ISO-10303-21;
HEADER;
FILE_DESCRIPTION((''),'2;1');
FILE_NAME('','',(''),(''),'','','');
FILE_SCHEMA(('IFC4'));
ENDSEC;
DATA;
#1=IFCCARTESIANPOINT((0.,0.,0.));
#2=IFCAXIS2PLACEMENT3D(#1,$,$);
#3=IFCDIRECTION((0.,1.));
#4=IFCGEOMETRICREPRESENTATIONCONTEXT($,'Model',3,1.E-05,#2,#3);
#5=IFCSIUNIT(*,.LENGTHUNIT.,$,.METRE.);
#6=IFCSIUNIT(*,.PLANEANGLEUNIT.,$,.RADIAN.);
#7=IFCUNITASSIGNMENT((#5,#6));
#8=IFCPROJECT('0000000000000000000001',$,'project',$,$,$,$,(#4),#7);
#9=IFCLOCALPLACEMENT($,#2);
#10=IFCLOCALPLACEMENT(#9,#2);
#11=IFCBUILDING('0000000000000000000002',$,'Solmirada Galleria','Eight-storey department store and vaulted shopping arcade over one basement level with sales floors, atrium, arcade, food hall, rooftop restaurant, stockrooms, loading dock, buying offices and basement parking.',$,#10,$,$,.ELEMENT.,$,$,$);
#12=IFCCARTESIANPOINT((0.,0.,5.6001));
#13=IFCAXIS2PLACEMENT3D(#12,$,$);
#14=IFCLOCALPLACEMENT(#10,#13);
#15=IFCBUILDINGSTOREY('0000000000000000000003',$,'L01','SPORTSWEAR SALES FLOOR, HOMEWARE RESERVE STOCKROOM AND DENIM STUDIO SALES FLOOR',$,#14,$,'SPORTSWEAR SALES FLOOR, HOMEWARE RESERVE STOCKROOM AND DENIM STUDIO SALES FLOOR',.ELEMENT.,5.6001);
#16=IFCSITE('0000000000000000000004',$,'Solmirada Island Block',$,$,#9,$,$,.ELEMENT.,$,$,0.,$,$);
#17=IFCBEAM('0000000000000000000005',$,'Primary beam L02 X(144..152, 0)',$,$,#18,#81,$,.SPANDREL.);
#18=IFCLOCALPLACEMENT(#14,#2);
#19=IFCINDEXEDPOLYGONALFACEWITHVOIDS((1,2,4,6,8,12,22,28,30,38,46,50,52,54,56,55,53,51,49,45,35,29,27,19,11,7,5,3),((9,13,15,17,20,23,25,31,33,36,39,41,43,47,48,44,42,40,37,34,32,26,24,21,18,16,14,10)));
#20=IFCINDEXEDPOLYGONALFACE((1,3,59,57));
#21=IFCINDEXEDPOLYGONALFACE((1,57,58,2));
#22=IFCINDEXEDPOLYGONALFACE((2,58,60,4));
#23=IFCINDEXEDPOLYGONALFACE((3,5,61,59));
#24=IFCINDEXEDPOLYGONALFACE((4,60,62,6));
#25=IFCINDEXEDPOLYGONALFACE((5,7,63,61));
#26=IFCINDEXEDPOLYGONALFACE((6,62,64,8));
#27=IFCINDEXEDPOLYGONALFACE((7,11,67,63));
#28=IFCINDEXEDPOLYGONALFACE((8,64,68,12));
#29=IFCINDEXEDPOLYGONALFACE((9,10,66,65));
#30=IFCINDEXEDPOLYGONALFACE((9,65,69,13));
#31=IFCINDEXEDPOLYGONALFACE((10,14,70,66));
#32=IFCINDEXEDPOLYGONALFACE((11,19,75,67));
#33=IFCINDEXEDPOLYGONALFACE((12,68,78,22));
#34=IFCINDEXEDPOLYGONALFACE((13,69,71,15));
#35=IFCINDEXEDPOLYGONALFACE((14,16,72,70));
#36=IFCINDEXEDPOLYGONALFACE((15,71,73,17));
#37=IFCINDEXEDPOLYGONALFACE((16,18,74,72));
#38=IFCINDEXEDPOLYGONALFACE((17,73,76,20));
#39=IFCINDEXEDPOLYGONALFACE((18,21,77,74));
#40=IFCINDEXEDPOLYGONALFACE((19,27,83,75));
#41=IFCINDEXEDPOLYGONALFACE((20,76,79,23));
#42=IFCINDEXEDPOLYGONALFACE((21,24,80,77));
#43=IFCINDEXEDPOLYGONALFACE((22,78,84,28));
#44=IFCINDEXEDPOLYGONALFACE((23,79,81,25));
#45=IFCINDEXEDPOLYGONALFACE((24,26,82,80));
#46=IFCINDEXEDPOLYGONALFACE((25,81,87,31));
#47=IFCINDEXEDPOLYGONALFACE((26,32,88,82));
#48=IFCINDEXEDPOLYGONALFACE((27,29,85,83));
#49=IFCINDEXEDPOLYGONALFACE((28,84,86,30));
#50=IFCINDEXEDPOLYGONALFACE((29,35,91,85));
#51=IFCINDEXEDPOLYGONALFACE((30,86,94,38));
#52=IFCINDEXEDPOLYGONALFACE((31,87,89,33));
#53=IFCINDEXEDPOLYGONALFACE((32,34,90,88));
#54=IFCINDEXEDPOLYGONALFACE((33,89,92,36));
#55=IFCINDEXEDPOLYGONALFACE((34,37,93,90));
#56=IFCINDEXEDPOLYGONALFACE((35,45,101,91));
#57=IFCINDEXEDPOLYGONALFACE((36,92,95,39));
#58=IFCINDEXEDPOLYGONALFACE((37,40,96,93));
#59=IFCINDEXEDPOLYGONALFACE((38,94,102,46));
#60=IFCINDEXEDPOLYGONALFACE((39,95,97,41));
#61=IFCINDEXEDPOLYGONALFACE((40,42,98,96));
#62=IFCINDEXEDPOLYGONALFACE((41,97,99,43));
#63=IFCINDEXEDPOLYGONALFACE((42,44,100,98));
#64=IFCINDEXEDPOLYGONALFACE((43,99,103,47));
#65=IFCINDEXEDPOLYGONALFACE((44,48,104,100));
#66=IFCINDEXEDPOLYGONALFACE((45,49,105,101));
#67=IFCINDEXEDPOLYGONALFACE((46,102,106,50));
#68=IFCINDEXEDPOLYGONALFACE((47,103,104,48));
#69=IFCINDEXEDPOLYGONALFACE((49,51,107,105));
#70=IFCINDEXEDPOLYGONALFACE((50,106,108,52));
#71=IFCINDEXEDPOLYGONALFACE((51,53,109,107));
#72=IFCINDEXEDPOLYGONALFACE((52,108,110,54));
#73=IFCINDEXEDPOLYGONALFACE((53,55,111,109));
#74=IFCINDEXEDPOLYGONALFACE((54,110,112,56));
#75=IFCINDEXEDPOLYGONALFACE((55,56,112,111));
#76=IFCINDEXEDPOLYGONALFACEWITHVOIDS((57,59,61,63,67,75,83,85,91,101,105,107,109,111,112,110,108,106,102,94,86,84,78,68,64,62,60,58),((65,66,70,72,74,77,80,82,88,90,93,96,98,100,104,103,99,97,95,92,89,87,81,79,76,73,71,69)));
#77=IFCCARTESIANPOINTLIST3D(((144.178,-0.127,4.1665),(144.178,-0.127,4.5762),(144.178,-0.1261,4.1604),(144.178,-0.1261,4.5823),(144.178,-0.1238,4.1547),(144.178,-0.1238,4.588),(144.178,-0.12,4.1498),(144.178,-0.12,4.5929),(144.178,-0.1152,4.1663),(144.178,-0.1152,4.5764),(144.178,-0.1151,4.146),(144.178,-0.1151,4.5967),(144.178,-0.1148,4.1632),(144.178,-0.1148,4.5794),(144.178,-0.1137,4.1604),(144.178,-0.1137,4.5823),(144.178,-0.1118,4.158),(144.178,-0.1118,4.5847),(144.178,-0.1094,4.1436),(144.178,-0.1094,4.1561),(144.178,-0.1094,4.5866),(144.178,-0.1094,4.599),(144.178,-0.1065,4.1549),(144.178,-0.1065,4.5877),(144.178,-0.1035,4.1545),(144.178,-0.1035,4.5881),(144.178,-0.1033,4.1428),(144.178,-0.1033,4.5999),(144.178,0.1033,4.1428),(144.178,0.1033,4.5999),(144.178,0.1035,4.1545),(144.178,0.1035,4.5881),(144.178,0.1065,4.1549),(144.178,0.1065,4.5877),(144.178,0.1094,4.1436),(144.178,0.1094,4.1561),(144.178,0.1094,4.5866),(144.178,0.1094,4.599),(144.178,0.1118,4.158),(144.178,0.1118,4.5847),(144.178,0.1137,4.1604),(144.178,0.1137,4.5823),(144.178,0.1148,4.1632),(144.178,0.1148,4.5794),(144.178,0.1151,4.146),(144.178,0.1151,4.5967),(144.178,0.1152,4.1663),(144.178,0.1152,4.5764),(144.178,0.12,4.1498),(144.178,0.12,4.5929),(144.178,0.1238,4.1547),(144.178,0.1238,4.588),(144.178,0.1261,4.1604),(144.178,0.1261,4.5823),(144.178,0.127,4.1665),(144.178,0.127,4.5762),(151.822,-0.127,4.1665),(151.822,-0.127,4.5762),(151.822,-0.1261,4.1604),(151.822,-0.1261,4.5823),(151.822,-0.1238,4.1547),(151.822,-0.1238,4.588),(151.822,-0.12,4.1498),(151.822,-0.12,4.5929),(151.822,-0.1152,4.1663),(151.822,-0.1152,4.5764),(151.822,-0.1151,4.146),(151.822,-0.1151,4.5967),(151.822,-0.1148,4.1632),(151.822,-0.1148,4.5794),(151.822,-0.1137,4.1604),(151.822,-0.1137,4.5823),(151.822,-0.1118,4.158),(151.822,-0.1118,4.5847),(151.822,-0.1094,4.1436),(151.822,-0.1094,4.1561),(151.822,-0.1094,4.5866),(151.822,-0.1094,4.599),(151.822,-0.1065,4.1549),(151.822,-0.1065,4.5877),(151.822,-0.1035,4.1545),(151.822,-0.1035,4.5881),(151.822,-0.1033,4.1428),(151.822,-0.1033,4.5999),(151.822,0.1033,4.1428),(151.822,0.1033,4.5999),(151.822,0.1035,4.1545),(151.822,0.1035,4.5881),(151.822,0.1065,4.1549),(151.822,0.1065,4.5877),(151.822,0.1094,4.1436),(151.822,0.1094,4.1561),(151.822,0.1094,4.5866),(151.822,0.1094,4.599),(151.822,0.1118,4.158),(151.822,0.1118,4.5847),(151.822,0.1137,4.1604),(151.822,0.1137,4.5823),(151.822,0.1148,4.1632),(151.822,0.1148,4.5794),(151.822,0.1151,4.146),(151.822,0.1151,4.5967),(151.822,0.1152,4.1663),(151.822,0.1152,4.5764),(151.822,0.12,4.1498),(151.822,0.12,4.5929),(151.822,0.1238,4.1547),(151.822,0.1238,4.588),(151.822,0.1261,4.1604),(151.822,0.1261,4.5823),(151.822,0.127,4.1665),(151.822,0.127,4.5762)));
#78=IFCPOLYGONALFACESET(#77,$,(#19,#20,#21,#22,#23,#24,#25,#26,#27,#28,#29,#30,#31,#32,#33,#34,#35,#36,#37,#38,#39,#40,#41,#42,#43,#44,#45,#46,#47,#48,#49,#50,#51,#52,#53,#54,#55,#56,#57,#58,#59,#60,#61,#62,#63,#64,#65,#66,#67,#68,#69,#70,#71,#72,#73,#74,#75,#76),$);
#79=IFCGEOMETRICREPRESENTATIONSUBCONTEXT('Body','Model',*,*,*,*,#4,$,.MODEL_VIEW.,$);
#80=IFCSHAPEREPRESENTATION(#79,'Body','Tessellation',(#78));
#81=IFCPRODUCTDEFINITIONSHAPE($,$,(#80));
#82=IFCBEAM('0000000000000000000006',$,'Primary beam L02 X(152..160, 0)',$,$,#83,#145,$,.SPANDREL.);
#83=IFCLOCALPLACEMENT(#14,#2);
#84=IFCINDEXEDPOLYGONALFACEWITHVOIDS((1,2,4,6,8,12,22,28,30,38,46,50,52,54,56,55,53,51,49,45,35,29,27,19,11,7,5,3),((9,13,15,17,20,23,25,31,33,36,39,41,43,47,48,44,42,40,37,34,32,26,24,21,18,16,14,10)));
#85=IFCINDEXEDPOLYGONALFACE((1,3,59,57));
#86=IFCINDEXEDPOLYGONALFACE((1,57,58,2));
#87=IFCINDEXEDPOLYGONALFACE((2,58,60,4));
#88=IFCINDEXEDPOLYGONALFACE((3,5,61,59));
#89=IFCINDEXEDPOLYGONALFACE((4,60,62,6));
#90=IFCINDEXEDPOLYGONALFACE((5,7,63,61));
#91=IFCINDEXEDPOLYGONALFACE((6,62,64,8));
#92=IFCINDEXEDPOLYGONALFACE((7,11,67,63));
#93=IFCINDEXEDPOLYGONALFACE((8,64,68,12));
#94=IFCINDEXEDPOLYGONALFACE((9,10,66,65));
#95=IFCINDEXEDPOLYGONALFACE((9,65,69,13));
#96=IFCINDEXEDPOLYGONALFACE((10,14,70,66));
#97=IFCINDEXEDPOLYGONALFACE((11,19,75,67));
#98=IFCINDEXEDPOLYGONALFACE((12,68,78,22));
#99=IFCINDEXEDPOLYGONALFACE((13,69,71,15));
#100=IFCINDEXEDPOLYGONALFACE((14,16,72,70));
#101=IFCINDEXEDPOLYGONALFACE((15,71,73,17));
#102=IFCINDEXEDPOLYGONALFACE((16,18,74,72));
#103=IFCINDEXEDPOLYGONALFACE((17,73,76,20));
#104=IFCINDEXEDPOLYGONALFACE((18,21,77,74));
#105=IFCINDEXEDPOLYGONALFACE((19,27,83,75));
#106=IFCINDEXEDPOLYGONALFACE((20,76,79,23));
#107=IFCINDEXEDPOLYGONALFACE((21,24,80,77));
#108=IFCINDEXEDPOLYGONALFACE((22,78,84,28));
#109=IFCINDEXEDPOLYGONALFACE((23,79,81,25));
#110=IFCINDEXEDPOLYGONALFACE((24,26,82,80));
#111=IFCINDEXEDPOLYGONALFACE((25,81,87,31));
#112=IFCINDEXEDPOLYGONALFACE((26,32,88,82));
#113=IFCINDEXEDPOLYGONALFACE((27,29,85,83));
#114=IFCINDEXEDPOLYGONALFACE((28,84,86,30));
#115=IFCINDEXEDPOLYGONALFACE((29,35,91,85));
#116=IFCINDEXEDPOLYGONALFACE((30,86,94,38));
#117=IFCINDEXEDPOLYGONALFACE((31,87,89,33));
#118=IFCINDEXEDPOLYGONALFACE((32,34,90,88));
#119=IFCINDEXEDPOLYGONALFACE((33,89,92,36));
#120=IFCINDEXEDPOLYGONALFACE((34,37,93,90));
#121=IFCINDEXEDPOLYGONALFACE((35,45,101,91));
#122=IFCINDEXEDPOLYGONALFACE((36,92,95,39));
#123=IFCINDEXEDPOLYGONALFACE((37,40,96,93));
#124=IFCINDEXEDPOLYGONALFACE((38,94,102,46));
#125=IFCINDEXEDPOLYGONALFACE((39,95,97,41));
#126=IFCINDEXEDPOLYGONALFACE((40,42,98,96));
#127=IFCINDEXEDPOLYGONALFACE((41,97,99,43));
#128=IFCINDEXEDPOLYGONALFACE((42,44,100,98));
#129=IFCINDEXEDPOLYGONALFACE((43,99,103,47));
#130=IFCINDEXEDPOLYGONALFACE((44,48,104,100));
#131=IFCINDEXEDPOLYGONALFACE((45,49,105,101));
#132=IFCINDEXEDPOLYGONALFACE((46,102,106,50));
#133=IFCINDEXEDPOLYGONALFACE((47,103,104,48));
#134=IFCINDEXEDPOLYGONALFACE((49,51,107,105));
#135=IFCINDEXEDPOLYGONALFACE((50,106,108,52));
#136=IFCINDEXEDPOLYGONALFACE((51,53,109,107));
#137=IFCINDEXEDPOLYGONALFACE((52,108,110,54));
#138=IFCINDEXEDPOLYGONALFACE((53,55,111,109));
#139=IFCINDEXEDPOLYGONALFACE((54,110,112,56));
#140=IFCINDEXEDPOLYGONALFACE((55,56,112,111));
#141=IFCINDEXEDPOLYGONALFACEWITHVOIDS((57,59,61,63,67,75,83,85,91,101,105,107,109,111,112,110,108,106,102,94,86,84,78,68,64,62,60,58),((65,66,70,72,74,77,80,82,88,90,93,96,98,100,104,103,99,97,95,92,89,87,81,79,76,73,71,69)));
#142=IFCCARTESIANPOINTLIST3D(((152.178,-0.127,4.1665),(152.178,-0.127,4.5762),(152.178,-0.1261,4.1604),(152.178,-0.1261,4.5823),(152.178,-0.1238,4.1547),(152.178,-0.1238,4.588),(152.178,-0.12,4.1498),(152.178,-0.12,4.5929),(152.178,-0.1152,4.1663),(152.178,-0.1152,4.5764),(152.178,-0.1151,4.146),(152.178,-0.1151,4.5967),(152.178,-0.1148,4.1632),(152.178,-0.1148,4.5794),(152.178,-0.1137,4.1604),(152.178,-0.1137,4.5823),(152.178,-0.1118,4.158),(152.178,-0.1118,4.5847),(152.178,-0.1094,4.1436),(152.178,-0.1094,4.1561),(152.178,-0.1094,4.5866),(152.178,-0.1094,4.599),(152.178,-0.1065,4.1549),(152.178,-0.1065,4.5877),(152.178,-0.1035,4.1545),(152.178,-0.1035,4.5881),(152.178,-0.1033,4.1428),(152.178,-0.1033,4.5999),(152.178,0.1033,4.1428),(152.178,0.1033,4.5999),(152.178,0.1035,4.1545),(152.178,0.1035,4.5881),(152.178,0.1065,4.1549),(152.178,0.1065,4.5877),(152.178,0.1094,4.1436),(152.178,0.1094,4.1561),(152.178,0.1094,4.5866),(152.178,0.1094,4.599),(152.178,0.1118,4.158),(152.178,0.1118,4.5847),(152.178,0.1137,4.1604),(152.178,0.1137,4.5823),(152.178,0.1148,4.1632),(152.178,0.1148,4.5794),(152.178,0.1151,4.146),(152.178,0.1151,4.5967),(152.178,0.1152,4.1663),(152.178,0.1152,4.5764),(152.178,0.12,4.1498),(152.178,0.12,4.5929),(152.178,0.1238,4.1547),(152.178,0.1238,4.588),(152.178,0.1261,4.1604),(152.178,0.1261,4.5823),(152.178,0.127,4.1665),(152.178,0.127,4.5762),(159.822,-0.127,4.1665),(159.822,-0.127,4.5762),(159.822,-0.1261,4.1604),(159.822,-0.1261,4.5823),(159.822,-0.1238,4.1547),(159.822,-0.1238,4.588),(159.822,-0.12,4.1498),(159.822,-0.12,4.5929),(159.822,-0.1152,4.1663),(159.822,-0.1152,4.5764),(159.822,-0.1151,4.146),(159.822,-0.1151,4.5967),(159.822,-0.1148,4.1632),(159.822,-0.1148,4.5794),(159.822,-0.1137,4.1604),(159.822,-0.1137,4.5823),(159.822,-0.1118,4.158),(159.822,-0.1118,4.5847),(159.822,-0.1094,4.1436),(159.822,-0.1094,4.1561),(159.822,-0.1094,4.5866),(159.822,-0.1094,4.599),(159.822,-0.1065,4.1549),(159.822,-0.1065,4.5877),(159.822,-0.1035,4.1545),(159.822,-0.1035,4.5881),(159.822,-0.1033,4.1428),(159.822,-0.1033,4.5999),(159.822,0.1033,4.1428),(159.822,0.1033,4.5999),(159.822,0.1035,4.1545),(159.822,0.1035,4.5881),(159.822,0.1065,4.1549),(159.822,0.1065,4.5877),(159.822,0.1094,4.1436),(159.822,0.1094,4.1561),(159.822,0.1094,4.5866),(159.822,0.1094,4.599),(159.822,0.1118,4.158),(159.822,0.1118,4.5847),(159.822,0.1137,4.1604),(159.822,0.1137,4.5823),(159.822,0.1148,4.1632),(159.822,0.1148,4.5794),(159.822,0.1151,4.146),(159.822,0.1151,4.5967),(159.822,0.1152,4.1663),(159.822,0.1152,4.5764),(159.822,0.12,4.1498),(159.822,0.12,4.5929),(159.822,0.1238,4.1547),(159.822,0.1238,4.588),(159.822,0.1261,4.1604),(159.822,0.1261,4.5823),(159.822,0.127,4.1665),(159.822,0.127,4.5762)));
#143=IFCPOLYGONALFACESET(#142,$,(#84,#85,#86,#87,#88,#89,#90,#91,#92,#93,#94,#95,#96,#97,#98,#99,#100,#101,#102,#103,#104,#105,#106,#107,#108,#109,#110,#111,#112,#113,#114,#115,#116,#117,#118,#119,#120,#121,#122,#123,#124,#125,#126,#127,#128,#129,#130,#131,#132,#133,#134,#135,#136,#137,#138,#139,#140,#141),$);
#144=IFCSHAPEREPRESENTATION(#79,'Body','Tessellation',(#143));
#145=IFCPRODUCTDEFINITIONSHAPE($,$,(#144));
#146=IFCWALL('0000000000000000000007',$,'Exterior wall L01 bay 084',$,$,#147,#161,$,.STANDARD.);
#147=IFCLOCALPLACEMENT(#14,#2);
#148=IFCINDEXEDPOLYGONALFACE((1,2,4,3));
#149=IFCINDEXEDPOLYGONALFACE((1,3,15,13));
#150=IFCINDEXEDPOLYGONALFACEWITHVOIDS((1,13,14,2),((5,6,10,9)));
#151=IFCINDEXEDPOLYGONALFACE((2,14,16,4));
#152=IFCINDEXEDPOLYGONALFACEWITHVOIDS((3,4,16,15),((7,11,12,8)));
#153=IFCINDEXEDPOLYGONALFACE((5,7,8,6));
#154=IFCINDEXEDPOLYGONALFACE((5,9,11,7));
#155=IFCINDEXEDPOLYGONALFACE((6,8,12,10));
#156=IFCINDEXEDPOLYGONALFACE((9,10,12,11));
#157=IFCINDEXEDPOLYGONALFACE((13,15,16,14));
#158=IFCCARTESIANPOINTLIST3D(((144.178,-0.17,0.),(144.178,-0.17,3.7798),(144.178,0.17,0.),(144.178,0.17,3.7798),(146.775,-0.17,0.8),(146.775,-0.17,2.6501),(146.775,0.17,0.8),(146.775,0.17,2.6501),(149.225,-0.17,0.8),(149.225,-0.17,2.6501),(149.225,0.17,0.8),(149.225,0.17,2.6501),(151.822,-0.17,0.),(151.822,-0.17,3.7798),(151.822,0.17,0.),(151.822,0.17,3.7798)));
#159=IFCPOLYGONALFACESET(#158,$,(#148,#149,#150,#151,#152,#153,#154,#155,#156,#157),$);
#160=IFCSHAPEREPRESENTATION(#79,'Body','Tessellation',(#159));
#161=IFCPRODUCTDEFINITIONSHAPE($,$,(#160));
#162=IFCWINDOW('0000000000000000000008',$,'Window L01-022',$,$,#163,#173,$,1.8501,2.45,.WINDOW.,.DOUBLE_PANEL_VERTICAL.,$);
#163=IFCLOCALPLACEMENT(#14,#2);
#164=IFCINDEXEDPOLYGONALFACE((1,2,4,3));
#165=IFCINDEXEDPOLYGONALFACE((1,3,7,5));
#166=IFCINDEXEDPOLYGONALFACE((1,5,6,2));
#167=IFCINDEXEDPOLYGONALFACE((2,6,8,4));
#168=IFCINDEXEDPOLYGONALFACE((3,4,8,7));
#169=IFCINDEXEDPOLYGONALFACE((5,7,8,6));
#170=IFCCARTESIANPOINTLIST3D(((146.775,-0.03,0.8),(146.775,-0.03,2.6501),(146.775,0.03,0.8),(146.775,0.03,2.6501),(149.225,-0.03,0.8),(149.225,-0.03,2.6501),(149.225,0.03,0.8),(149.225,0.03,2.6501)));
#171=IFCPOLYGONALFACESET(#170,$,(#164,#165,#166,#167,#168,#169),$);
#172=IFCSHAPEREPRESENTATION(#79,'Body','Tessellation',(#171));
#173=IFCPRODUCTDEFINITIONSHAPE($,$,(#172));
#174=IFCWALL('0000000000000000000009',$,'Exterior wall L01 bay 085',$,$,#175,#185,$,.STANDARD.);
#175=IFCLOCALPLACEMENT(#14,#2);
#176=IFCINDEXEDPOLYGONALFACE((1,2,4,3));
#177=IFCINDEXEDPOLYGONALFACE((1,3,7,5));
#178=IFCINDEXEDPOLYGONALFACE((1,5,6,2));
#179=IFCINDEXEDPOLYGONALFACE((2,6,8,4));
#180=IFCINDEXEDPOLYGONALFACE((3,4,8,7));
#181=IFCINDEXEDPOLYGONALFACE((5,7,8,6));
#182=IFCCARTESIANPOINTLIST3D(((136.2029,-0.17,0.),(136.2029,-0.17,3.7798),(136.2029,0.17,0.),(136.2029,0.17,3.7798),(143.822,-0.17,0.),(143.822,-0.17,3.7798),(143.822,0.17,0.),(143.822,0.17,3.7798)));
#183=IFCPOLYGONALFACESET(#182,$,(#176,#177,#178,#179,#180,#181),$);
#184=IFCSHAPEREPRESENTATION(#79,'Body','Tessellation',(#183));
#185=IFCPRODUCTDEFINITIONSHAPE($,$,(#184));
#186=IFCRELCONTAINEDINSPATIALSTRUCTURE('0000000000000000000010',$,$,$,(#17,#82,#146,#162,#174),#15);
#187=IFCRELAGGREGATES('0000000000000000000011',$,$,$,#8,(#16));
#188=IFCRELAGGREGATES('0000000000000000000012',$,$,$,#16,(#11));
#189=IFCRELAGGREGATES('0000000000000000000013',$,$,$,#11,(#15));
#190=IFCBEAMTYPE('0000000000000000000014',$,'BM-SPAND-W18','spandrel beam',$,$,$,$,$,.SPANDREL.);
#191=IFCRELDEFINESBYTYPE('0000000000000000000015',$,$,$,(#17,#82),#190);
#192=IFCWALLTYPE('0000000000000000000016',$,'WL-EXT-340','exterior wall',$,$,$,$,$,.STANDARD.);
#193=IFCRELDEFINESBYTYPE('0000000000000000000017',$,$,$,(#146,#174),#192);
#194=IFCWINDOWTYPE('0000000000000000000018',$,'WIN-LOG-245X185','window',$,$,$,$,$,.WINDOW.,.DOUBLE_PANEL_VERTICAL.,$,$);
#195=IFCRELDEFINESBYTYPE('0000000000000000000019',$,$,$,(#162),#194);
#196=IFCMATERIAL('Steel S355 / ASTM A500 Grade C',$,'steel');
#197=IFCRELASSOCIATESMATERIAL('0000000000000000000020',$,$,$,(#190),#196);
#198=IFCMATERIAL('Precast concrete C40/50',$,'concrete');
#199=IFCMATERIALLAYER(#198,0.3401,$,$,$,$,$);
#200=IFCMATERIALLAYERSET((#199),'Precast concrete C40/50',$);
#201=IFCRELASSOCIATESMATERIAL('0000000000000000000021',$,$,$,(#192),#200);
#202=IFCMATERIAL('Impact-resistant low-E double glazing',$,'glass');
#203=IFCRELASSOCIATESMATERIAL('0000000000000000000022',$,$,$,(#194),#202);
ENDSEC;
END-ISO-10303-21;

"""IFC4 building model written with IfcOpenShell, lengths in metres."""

from ifc_helpers import new_model, si_unit, direction, frame, frame_2d, origin, origin_2d, place, context, subcontext, project, spatial, rectangle, hollow_rectangle, extrude, material, layer, layer_set, material_profile, profile_set, type_object, element, fill, save


model = new_model("IFC4")

# Units and contexts
model_context = context("Model", 3, precision=1e-05, world=origin(), true_north=direction((0.0, 1.0)))
body_context = subcontext(model_context, "Body", "Model", "MODEL_VIEW")
ifc_project = project(units=[si_unit("LENGTHUNIT", "METRE"), si_unit("PLANEANGLEUNIT", "RADIAN")], contexts=[model_context])

# Site, building, storey
site_placement = place(None, origin())
site = spatial("IfcSite", under=ifc_project, at=site_placement, Name="Solmirada Island Block", CompositionType="ELEMENT", RefElevation=0.0)
building_placement = place(site_placement, origin())
building = spatial("IfcBuilding", under=site, at=building_placement, Name="Solmirada Galleria", Description="Eight-storey department store and vaulted shopping arcade over one basement level with sales floors, atrium, arcade, food hall, rooftop restaurant, stockrooms, loading dock, buying offices and basement parking.", CompositionType="ELEMENT")
storey_placement = place(building_placement, frame((0.0, 0.0, 5.6001)))
storey = spatial("IfcBuildingStorey", under=building, at=storey_placement, Name="L01", Description="SPORTSWEAR SALES FLOOR, HOMEWARE RESERVE STOCKROOM AND DENIM STUDIO SALES FLOOR", LongName="SPORTSWEAR SALES FLOOR, HOMEWARE RESERVE STOCKROOM AND DENIM STUDIO SALES FLOOR", CompositionType="ELEMENT", Elevation=5.6001)

# Shared definitions
ifc_material_1 = material(Name="Steel S355 / ASTM A500 Grade C", Category="steel")

# Beams
ifc_material_profile_1 = material_profile(ifc_material_1, hollow_rectangle(XDim=0.2539, YDim=0.457, WallThickness=0.0117, InnerFilletRadius=0.0117, OuterFilletRadius=0.0237, at=origin_2d()), Name="HSS18X10X1/2")
ifc_profile_set_1 = profile_set([ifc_material_profile_1], Name="Steel S355 / ASTM A500 Grade C")
beam_type_1 = type_object("IfcBeamType", Name="BM-SPAND-W18", Description="spandrel beam", PredefinedType="SPANDREL", material=ifc_profile_set_1)
for number, where, z_axis, x_axis, name in (
    (1, (144.178, 0.0, 4.3713), (1.0, 0.0, 0.0), (0.0, 1.0, 0.0), "Primary beam L02 X(144..152, 0)"),
    (2, (152.178, 0.0, 4.3713), (1.0, 0.0, 0.0), (0.0, 1.0, 0.0), "Primary beam L02 X(152..160, 0)"),
):
    element("IfcBeam", number, at=place(storey_placement, frame(where, z_axis=z_axis, x_axis=x_axis)), inside=storey, type_object=beam_type_1, Name=name, PredefinedType="SPANDREL", context=body_context, shape_type="SweptSolid", body=[
        extrude(hollow_rectangle(XDim=0.2539, YDim=0.457, WallThickness=0.0117, InnerFilletRadius=0.0117, OuterFilletRadius=0.0237, at=origin_2d()), origin(), (0.0, 0.0, 1.0), 7.644),
    ])

# Wall, opening, window
ifc_material_2 = material(Name="Precast concrete C40/50", Category="concrete")
ifc_layer_1 = layer(ifc_material_2, 0.3401)
ifc_layer_set_1 = layer_set([ifc_layer_1], Name="Precast concrete C40/50")
wall_type_1 = type_object("IfcWallType", Name="WL-EXT-340", Description="exterior wall", PredefinedType="STANDARD", material=ifc_layer_set_1)
wall_1_placement = place(storey_placement, frame((151.822, 0.0, 0.0), z_axis=(0.0, 0.0, 1.0), x_axis=(-1.0, 0.0, 0.0)))
wall_1 = element("IfcWall", 3, at=wall_1_placement, inside=storey, type_object=wall_type_1, Name="Exterior wall L01 bay 084", PredefinedType="STANDARD", context=body_context, shape_type="SweptSolid", body=[
    extrude(rectangle(XDim=7.644, YDim=0.3401, at=frame_2d((3.822, 0.0))), origin(), (0.0, 0.0, 1.0), 3.7798),
])
opening_1_placement = place(wall_1_placement, frame((2.5969, 0.0, 0.8)))
opening_1 = element("IfcOpeningElement", 4, at=opening_1_placement, cuts=wall_1, PredefinedType="OPENING", context=body_context, shape_type="SweptSolid", body=[
    extrude(rectangle(XDim=2.45, YDim=1.8501, at=frame_2d((1.2251, 0.925))), frame((0.0, 0.1799, 0.0), z_axis=(0.0, -1.0, 0.0), x_axis=(1.0, 0.0, 0.0)), (0.0, 0.0, 1.0), 0.3601),
])
ifc_material_3 = material(Name="Impact-resistant low-E double glazing", Category="glass")
window_type = type_object("IfcWindowType", Name="WIN-LOG-245X185", Description="window", PartitioningType="DOUBLE_PANEL_VERTICAL", PredefinedType="WINDOW", material=ifc_material_3)
window_placement = place(opening_1_placement, origin())
window = element("IfcWindow", 5, at=window_placement, inside=storey, type_object=window_type, Name="Window L01-022", OverallHeight=1.8501, OverallWidth=2.45, PartitioningType="DOUBLE_PANEL_VERTICAL", PredefinedType="WINDOW", context=body_context, shape_type="SweptSolid", body=[
    extrude(rectangle(XDim=2.45, YDim=1.8501, at=frame_2d((1.2251, 0.925))), frame((0.0, 0.03, 0.0), z_axis=(0.0, -1.0, 0.0), x_axis=(1.0, 0.0, 0.0)), (0.0, 0.0, 1.0), 0.0601),
])
fill(opening_1, window)

# Wall
wall_2_placement = place(storey_placement, frame((143.822, 0.0, 0.0), z_axis=(0.0, 0.0, 1.0), x_axis=(-1.0, 0.0, 0.0)))
element("IfcWall", 6, at=wall_2_placement, inside=storey, type_object=wall_type_1, Name="Exterior wall L01 bay 085", PredefinedType="STANDARD", context=body_context, shape_type="SweptSolid", body=[
    extrude(rectangle(XDim=7.6191, YDim=0.3401, at=frame_2d((3.8096, 0.0))), origin(), (0.0, 0.0, 1.0), 3.7798),
])

save(model, "model.ifc")
